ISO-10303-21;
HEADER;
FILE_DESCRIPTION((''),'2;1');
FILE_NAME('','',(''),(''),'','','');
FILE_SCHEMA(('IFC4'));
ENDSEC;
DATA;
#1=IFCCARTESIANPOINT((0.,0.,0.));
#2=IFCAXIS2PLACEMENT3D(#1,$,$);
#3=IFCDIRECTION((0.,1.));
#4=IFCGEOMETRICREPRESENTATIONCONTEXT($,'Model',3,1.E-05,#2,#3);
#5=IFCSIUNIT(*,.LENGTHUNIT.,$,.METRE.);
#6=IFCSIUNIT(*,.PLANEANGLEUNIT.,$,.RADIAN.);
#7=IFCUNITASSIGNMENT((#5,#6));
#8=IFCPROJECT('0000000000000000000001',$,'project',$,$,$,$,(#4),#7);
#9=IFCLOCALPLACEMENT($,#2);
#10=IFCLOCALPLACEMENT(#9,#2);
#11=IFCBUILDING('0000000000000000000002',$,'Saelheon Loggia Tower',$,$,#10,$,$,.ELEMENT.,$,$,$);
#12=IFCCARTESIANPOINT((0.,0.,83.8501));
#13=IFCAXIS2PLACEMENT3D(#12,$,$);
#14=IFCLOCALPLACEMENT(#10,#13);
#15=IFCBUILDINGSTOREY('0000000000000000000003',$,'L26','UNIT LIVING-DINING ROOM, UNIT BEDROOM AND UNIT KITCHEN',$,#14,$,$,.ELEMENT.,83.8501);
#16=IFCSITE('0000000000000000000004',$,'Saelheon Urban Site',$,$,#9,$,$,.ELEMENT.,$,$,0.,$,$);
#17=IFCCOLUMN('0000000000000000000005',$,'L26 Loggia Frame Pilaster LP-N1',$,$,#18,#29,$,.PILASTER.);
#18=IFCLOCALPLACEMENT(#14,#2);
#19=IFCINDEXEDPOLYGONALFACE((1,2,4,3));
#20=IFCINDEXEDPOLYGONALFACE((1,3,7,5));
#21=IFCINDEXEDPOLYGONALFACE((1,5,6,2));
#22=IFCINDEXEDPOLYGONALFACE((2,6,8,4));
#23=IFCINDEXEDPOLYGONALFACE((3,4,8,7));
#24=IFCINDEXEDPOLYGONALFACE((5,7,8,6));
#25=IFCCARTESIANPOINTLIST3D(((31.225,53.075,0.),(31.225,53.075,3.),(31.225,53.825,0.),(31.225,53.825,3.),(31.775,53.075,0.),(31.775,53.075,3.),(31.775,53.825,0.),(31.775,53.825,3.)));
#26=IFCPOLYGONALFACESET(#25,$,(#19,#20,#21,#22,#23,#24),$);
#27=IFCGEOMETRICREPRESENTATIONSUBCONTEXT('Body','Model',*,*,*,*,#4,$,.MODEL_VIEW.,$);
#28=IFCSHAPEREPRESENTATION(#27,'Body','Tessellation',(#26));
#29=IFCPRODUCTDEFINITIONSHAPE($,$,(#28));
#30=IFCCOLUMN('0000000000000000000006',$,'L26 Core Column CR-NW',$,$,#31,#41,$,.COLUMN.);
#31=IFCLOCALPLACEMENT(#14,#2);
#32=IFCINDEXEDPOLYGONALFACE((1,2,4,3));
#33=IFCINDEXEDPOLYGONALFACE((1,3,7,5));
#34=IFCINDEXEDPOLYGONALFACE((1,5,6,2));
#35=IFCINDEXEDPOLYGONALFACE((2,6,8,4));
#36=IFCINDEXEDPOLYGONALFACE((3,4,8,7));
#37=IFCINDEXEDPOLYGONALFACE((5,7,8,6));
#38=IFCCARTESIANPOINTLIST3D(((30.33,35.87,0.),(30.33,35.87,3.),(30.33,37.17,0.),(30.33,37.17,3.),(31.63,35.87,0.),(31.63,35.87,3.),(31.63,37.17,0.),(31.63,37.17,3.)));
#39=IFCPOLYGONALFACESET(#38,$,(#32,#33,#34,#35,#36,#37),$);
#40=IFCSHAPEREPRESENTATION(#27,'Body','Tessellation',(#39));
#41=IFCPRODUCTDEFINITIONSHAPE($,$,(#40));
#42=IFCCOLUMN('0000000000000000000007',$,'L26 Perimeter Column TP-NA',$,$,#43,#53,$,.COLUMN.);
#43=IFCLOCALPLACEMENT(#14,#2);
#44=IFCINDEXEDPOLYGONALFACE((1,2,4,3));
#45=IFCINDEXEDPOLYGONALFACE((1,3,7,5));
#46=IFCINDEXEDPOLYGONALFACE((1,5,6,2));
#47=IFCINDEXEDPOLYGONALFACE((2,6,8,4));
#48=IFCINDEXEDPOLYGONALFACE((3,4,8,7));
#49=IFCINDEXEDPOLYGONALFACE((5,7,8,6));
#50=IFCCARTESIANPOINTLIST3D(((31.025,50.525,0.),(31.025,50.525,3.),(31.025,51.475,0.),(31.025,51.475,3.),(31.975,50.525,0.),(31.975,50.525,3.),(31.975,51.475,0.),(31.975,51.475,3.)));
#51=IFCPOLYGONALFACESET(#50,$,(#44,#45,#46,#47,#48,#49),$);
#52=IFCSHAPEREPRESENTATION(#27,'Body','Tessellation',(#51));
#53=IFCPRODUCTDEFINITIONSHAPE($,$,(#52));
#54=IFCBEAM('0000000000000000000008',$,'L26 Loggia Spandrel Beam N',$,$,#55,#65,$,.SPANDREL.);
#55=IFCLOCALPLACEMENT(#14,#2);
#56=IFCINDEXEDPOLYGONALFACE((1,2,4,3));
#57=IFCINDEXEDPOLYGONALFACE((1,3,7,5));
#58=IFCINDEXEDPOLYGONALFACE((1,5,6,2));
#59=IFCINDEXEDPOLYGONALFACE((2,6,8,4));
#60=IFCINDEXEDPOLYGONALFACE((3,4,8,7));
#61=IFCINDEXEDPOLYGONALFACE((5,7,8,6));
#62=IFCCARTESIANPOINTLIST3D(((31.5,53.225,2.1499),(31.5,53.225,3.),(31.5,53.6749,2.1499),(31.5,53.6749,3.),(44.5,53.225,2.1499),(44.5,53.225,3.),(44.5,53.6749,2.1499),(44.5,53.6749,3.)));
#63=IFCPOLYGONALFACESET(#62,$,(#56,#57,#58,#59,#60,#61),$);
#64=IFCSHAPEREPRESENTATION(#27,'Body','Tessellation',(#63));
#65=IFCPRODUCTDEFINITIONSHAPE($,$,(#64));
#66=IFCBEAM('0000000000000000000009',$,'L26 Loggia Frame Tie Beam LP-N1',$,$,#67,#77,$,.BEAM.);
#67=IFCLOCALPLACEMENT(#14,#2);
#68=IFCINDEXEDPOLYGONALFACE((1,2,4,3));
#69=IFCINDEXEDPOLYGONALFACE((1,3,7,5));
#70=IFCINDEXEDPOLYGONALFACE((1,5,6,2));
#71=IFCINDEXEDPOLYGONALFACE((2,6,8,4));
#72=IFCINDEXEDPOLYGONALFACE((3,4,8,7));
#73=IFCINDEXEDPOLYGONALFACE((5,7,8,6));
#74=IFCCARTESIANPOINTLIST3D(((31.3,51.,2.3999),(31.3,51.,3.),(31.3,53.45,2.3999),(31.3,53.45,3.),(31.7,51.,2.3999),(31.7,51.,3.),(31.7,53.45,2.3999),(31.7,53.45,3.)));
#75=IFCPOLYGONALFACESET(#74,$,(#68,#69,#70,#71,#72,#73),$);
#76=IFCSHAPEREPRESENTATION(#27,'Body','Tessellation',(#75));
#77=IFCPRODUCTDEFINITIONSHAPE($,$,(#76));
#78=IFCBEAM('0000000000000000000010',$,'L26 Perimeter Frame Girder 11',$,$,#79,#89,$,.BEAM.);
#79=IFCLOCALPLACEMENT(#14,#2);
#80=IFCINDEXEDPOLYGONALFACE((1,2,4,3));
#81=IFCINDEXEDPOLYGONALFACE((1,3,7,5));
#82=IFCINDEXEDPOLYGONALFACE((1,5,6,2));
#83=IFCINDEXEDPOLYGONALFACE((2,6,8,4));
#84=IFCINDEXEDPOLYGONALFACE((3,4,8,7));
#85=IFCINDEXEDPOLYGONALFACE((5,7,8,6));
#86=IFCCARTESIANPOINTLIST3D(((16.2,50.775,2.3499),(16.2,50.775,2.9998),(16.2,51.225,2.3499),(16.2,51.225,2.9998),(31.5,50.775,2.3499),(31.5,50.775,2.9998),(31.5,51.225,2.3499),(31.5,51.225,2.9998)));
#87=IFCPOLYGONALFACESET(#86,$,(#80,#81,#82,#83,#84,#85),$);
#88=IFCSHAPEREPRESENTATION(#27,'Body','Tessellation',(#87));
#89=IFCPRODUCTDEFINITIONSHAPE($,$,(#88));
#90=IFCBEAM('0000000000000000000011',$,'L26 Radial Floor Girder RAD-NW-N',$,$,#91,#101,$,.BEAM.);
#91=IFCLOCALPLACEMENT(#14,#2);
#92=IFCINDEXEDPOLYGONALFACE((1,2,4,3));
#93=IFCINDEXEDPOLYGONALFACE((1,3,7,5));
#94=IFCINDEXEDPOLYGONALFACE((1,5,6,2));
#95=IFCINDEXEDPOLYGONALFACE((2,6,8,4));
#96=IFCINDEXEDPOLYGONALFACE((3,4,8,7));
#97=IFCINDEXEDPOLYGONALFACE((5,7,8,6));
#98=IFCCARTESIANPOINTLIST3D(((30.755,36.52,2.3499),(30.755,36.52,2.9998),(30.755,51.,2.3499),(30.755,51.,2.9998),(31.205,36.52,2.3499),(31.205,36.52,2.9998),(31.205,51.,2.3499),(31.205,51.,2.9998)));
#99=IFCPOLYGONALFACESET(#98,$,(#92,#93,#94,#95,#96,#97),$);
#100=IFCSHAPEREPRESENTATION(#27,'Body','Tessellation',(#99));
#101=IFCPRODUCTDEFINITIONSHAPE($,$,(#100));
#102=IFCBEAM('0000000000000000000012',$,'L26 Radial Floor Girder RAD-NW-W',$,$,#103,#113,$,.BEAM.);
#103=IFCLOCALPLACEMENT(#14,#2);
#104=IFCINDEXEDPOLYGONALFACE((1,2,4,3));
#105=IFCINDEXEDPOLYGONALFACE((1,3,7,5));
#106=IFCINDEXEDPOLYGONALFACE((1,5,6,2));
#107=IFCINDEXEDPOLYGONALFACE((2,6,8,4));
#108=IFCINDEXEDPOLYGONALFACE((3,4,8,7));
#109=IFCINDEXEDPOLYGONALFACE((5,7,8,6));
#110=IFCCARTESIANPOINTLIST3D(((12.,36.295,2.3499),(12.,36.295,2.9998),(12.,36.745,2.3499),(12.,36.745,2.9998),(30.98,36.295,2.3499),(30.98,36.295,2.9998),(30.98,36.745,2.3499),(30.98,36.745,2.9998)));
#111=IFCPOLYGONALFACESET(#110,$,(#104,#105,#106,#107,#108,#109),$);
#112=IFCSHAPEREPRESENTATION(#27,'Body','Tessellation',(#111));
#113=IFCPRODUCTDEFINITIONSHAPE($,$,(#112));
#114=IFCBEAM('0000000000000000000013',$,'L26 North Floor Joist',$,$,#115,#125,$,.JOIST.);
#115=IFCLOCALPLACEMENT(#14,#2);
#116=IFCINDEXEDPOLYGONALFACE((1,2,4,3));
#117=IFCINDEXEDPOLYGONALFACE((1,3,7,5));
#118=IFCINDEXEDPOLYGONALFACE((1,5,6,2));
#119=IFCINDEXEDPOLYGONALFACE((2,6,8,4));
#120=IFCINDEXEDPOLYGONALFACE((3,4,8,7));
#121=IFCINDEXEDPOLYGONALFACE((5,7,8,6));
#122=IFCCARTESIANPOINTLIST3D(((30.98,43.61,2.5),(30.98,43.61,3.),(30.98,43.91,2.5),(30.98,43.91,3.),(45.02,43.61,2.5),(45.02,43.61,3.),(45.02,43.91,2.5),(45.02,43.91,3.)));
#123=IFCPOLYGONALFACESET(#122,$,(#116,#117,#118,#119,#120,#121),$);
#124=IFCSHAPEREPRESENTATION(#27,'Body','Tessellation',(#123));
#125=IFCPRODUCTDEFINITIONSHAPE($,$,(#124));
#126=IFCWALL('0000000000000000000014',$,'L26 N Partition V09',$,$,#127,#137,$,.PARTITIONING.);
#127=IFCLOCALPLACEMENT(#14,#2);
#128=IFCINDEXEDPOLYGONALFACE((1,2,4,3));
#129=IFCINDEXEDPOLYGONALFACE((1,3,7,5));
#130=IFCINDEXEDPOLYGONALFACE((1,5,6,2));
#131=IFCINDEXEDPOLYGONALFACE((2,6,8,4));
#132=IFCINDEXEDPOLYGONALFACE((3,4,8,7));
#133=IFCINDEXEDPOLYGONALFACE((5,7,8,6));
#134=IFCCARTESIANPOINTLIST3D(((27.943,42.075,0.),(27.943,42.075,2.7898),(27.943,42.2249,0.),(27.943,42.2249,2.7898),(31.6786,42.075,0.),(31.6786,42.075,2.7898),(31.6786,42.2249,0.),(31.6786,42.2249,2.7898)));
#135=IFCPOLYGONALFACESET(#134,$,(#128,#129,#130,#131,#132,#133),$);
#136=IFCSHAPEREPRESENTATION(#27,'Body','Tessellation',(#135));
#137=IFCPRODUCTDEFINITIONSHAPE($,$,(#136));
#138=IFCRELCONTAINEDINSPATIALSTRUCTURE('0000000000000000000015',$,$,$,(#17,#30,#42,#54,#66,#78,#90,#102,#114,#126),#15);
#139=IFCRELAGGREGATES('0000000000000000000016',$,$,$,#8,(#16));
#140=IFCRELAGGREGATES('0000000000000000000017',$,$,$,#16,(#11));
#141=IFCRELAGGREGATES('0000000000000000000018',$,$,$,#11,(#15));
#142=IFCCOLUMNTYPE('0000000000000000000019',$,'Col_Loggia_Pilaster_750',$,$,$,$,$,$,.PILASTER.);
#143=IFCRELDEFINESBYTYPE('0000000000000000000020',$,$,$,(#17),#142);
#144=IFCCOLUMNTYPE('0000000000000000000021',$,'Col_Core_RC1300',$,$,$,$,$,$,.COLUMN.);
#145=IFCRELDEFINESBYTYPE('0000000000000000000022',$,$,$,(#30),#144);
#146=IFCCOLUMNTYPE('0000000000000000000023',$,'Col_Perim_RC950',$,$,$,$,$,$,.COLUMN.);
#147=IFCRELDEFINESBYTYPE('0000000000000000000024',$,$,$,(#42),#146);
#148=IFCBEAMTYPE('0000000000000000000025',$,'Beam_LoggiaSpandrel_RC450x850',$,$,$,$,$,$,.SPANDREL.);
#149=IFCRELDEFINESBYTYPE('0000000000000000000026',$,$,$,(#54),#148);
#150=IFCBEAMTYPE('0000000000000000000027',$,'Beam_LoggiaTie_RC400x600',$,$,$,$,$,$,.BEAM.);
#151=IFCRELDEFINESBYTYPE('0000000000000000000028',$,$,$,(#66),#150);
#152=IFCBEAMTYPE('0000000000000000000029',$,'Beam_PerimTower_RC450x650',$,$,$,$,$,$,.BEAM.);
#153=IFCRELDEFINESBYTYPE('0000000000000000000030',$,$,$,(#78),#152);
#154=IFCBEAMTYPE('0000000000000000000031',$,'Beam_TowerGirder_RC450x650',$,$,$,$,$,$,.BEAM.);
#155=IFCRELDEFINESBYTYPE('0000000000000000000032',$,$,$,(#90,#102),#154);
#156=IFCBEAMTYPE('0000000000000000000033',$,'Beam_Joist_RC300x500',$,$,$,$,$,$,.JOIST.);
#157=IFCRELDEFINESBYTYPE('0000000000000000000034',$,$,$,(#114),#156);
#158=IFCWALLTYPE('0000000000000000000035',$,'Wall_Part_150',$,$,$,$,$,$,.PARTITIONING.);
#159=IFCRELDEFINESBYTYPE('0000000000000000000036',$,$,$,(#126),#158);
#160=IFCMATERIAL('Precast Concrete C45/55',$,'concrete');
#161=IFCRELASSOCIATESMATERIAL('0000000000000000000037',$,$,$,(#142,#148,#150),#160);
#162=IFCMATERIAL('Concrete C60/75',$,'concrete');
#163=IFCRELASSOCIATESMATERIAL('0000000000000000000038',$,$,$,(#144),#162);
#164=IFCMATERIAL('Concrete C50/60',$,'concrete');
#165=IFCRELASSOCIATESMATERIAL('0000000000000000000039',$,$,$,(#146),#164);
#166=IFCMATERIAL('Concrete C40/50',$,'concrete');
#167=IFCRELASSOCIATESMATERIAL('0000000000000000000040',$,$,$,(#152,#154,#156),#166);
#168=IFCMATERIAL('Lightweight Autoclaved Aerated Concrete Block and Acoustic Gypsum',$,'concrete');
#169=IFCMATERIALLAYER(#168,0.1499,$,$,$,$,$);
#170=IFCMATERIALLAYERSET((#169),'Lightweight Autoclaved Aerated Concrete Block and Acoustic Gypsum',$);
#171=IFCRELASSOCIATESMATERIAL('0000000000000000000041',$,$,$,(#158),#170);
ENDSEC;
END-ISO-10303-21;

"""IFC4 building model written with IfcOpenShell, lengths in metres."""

from ifc_helpers import new_model, si_unit, direction, frame, frame_2d, origin, origin_2d, place, context, subcontext, project, spatial, rectangle, extrude, source, transform, mapped, material, layer, layer_set, material_profile, profile_set, type_object, element, save


model = new_model("IFC4")

# Units and contexts
model_context = context("Model", 3, precision=1e-05, world=origin(), true_north=direction((0.0, 1.0)))
body_context = subcontext(model_context, "Body", "Model", "MODEL_VIEW")
ifc_project = project(units=[si_unit("LENGTHUNIT", "METRE"), si_unit("PLANEANGLEUNIT", "RADIAN")], contexts=[model_context])

# Site, building, storey
site_placement = place(None, origin())
site = spatial("IfcSite", under=ifc_project, at=site_placement, Name="Saelheon Urban Site", CompositionType="ELEMENT", RefElevation=0.0)
building_placement = place(site_placement, origin())
building = spatial("IfcBuilding", under=site, at=building_placement, Name="Saelheon Loggia Tower", CompositionType="ELEMENT")
storey_placement = place(building_placement, frame((0.0, 0.0, 83.8501)))
storey = spatial("IfcBuildingStorey", under=building, at=storey_placement, Name="L26", Description="UNIT LIVING-DINING ROOM, UNIT BEDROOM AND UNIT KITCHEN", CompositionType="ELEMENT", Elevation=83.8501)

# Columns
ifc_material_1 = material(Name="Precast Concrete C45/55", Category="concrete")
ifc_material_profile_1 = material_profile(ifc_material_1, rectangle(XDim=0.55, YDim=0.75, at=origin_2d()), Name="RC-550x750")
ifc_profile_set_1 = profile_set([ifc_material_profile_1], Name="Precast Concrete C45/55")
column_type_1 = type_object("IfcColumnType", Name="Col_Loggia_Pilaster_750", PredefinedType="PILASTER", material=ifc_profile_set_1)
shared_shape_1 = source(origin(), body_context, "Body", "SweptSolid", [
    extrude(rectangle(XDim=0.55, YDim=0.75, at=origin_2d()), origin(), (0.0, 0.0, 1.0), 3.0),
])
column_1_placement = place(storey_placement, frame((31.5, 53.45, 0.0), z_axis=(0.0, 0.0, 1.0), x_axis=(1.0, 0.0, 0.0)))
element("IfcColumn", 1, at=column_1_placement, inside=storey, type_object=column_type_1, Name="L26 Loggia Frame Pilaster LP-N1", PredefinedType="PILASTER", context=body_context, shape_type="MappedRepresentation", body=[
    mapped(shared_shape_1, transform((0.0, 0.0, 0.0), scale=1.0)),
])
ifc_material_2 = material(Name="Concrete C60/75", Category="concrete")
ifc_material_profile_2 = material_profile(ifc_material_2, rectangle(XDim=1.3, YDim=1.3, at=origin_2d()), Name="RC-1300x1300")
ifc_profile_set_2 = profile_set([ifc_material_profile_2], Name="Concrete C60/75")
column_type_2 = type_object("IfcColumnType", Name="Col_Core_RC1300", PredefinedType="COLUMN", material=ifc_profile_set_2)
shared_shape_2 = source(origin(), body_context, "Body", "SweptSolid", [
    extrude(rectangle(XDim=1.3, YDim=1.3, at=origin_2d()), origin(), (0.0, 0.0, 1.0), 3.0),
])
column_2_placement = place(storey_placement, frame((30.98, 36.52, 0.0), z_axis=(0.0, 0.0, 1.0), x_axis=(1.0, 0.0, 0.0)))
element("IfcColumn", 2, at=column_2_placement, inside=storey, type_object=column_type_2, Name="L26 Core Column CR-NW", PredefinedType="COLUMN", context=body_context, shape_type="MappedRepresentation", body=[
    mapped(shared_shape_2, transform((0.0, 0.0, 0.0), scale=1.0)),
])
ifc_material_3 = material(Name="Concrete C50/60", Category="concrete")
ifc_material_profile_3 = material_profile(ifc_material_3, rectangle(XDim=0.95, YDim=0.95, at=origin_2d()), Name="RC-950x950")
ifc_profile_set_3 = profile_set([ifc_material_profile_3], Name="Concrete C50/60")
column_type_3 = type_object("IfcColumnType", Name="Col_Perim_RC950", PredefinedType="COLUMN", material=ifc_profile_set_3)
shared_shape_3 = source(origin(), body_context, "Body", "SweptSolid", [
    extrude(rectangle(XDim=0.95, YDim=0.95, at=origin_2d()), origin(), (0.0, 0.0, 1.0), 3.0),
])
column_3_placement = place(storey_placement, frame((31.5, 51.0, 0.0), z_axis=(0.0, 0.0, 1.0), x_axis=(1.0, 0.0, 0.0)))
element("IfcColumn", 3, at=column_3_placement, inside=storey, type_object=column_type_3, Name="L26 Perimeter Column TP-NA", PredefinedType="COLUMN", context=body_context, shape_type="MappedRepresentation", body=[
    mapped(shared_shape_3, transform((0.0, 0.0, 0.0), scale=1.0)),
])

# Beams
ifc_material_profile_4 = material_profile(ifc_material_1, rectangle(XDim=0.45, YDim=0.8501, at=origin_2d()), Name="RC-450x850")
ifc_profile_set_4 = profile_set([ifc_material_profile_4], Name="Precast Concrete C45/55")
beam_type_1 = type_object("IfcBeamType", Name="Beam_LoggiaSpandrel_RC450x850", PredefinedType="SPANDREL", material=ifc_profile_set_4)
shared_shape_4 = source(origin(), body_context, "Body", "SweptSolid", [
    extrude(rectangle(XDim=0.45, YDim=0.8501, at=origin_2d()), origin(), (0.0, 0.0, 1.0), 13.0),
])
beam_1_placement = place(storey_placement, frame((31.5, 53.45, 2.575), z_axis=(1.0, 0.0, 0.0), x_axis=(0.0, 1.0, 0.0)))
element("IfcBeam", 4, at=beam_1_placement, inside=storey, type_object=beam_type_1, Name="L26 Loggia Spandrel Beam N", PredefinedType="SPANDREL", context=body_context, shape_type="MappedRepresentation", body=[
    mapped(shared_shape_4, transform((0.0, 0.0, 0.0), scale=1.0)),
])
ifc_material_profile_5 = material_profile(ifc_material_1, rectangle(XDim=0.3999, YDim=0.6001, at=origin_2d()), Name="RC-400x600")
ifc_profile_set_5 = profile_set([ifc_material_profile_5], Name="Precast Concrete C45/55")
beam_type_2 = type_object("IfcBeamType", Name="Beam_LoggiaTie_RC400x600", PredefinedType="BEAM", material=ifc_profile_set_5)
shared_shape_5 = source(origin(), body_context, "Body", "SweptSolid", [
    extrude(rectangle(XDim=0.3999, YDim=0.6001, at=origin_2d()), origin(), (0.0, 0.0, 1.0), 2.45),
])
beam_2_placement = place(storey_placement, frame((31.5, 51.0, 2.7), z_axis=(0.0, 1.0, 0.0), x_axis=(-1.0, 0.0, 0.0)))
element("IfcBeam", 5, at=beam_2_placement, inside=storey, type_object=beam_type_2, Name="L26 Loggia Frame Tie Beam LP-N1", PredefinedType="BEAM", context=body_context, shape_type="MappedRepresentation", body=[
    mapped(shared_shape_5, transform((0.0, 0.0, 0.0), scale=1.0)),
])
ifc_material_4 = material(Name="Concrete C40/50", Category="concrete")
ifc_material_profile_6 = material_profile(ifc_material_4, rectangle(XDim=0.45, YDim=0.6499, at=origin_2d()), Name="RC-450x650")
ifc_profile_set_6 = profile_set([ifc_material_profile_6], Name="Concrete C40/50")
beam_type_3 = type_object("IfcBeamType", Name="Beam_PerimTower_RC450x650", PredefinedType="BEAM", material=ifc_profile_set_6)
shared_shape_6 = source(origin(), body_context, "Body", "SweptSolid", [
    extrude(rectangle(XDim=0.45, YDim=0.6499, at=origin_2d()), origin(), (0.0, 0.0, 1.0), 15.3),
])
beam_3_placement = place(storey_placement, frame((31.5, 51.0, 2.6748), z_axis=(-1.0, 0.0, 0.0), x_axis=(0.0, -1.0, 0.0)))
element("IfcBeam", 6, at=beam_3_placement, inside=storey, type_object=beam_type_3, Name="L26 Perimeter Frame Girder 11", PredefinedType="BEAM", context=body_context, shape_type="MappedRepresentation", body=[
    mapped(shared_shape_6, transform((0.0, 0.0, 0.0), scale=1.0)),
])
ifc_material_profile_7 = material_profile(ifc_material_4, rectangle(XDim=0.45, YDim=0.6499, at=origin_2d()), Name="RC-450x650")
ifc_profile_set_7 = profile_set([ifc_material_profile_7], Name="Concrete C40/50")
beam_type_4 = type_object("IfcBeamType", Name="Beam_TowerGirder_RC450x650", PredefinedType="BEAM", material=ifc_profile_set_7)
shared_shape_7 = source(origin(), body_context, "Body", "SweptSolid", [
    extrude(rectangle(XDim=0.45, YDim=0.6499, at=origin_2d()), origin(), (0.0, 0.0, 1.0), 14.48),
])
beam_4_placement = place(storey_placement, frame((30.98, 36.52, 2.6748), z_axis=(0.0, 1.0, 0.0), x_axis=(-1.0, 0.0, 0.0)))
element("IfcBeam", 7, at=beam_4_placement, inside=storey, type_object=beam_type_4, Name="L26 Radial Floor Girder RAD-NW-N", PredefinedType="BEAM", context=body_context, shape_type="MappedRepresentation", body=[
    mapped(shared_shape_7, transform((0.0, 0.0, 0.0), scale=1.0)),
])
shared_shape_8 = source(origin(), body_context, "Body", "SweptSolid", [
    extrude(rectangle(XDim=0.45, YDim=0.6499, at=origin_2d()), origin(), (0.0, 0.0, 1.0), 18.98),
])
beam_5_placement = place(storey_placement, frame((30.98, 36.52, 2.6748), z_axis=(-1.0, 0.0, 0.0), x_axis=(0.0, -1.0, 0.0)))
element("IfcBeam", 8, at=beam_5_placement, inside=storey, type_object=beam_type_4, Name="L26 Radial Floor Girder RAD-NW-W", PredefinedType="BEAM", context=body_context, shape_type="MappedRepresentation", body=[
    mapped(shared_shape_8, transform((0.0, 0.0, 0.0), scale=1.0)),
])
ifc_material_profile_8 = material_profile(ifc_material_4, rectangle(XDim=0.3, YDim=0.5, at=origin_2d()), Name="RC-300x500")
ifc_profile_set_8 = profile_set([ifc_material_profile_8], Name="Concrete C40/50")
beam_type_5 = type_object("IfcBeamType", Name="Beam_Joist_RC300x500", PredefinedType="JOIST", material=ifc_profile_set_8)
shared_shape_9 = source(origin(), body_context, "Body", "SweptSolid", [
    extrude(rectangle(XDim=0.3, YDim=0.5, at=origin_2d()), origin(), (0.0, 0.0, 1.0), 14.04),
])
beam_6_placement = place(storey_placement, frame((30.98, 43.76, 2.75), z_axis=(1.0, 0.0, 0.0), x_axis=(0.0, 1.0, 0.0)))
element("IfcBeam", 9, at=beam_6_placement, inside=storey, type_object=beam_type_5, Name="L26 North Floor Joist", PredefinedType="JOIST", context=body_context, shape_type="MappedRepresentation", body=[
    mapped(shared_shape_9, transform((0.0, 0.0, 0.0), scale=1.0)),
])

# Wall
ifc_material_5 = material(Name="Lightweight Autoclaved Aerated Concrete Block and Acoustic Gypsum", Category="concrete")
ifc_layer_1 = layer(ifc_material_5, 0.1499)
ifc_layer_set_1 = layer_set([ifc_layer_1], Name="Lightweight Autoclaved Aerated Concrete Block and Acoustic Gypsum")
wall_type_1 = type_object("IfcWallType", Name="Wall_Part_150", PredefinedType="PARTITIONING", material=ifc_layer_set_1)
wall_1_placement = place(storey_placement, frame((27.9431, 42.1499, 0.0), z_axis=(0.0, 0.0, 1.0), x_axis=(1.0, 0.0, 0.0)))
element("IfcWall", 10, at=wall_1_placement, inside=storey, type_object=wall_type_1, Name="L26 N Partition V09", PredefinedType="PARTITIONING", context=body_context, shape_type="SweptSolid", body=[
    extrude(rectangle(XDim=3.7356, YDim=0.1499, at=frame_2d((1.8677, 0.0))), origin(), (0.0, 0.0, 1.0), 2.7898),
])

save(model, "model.ifc")
